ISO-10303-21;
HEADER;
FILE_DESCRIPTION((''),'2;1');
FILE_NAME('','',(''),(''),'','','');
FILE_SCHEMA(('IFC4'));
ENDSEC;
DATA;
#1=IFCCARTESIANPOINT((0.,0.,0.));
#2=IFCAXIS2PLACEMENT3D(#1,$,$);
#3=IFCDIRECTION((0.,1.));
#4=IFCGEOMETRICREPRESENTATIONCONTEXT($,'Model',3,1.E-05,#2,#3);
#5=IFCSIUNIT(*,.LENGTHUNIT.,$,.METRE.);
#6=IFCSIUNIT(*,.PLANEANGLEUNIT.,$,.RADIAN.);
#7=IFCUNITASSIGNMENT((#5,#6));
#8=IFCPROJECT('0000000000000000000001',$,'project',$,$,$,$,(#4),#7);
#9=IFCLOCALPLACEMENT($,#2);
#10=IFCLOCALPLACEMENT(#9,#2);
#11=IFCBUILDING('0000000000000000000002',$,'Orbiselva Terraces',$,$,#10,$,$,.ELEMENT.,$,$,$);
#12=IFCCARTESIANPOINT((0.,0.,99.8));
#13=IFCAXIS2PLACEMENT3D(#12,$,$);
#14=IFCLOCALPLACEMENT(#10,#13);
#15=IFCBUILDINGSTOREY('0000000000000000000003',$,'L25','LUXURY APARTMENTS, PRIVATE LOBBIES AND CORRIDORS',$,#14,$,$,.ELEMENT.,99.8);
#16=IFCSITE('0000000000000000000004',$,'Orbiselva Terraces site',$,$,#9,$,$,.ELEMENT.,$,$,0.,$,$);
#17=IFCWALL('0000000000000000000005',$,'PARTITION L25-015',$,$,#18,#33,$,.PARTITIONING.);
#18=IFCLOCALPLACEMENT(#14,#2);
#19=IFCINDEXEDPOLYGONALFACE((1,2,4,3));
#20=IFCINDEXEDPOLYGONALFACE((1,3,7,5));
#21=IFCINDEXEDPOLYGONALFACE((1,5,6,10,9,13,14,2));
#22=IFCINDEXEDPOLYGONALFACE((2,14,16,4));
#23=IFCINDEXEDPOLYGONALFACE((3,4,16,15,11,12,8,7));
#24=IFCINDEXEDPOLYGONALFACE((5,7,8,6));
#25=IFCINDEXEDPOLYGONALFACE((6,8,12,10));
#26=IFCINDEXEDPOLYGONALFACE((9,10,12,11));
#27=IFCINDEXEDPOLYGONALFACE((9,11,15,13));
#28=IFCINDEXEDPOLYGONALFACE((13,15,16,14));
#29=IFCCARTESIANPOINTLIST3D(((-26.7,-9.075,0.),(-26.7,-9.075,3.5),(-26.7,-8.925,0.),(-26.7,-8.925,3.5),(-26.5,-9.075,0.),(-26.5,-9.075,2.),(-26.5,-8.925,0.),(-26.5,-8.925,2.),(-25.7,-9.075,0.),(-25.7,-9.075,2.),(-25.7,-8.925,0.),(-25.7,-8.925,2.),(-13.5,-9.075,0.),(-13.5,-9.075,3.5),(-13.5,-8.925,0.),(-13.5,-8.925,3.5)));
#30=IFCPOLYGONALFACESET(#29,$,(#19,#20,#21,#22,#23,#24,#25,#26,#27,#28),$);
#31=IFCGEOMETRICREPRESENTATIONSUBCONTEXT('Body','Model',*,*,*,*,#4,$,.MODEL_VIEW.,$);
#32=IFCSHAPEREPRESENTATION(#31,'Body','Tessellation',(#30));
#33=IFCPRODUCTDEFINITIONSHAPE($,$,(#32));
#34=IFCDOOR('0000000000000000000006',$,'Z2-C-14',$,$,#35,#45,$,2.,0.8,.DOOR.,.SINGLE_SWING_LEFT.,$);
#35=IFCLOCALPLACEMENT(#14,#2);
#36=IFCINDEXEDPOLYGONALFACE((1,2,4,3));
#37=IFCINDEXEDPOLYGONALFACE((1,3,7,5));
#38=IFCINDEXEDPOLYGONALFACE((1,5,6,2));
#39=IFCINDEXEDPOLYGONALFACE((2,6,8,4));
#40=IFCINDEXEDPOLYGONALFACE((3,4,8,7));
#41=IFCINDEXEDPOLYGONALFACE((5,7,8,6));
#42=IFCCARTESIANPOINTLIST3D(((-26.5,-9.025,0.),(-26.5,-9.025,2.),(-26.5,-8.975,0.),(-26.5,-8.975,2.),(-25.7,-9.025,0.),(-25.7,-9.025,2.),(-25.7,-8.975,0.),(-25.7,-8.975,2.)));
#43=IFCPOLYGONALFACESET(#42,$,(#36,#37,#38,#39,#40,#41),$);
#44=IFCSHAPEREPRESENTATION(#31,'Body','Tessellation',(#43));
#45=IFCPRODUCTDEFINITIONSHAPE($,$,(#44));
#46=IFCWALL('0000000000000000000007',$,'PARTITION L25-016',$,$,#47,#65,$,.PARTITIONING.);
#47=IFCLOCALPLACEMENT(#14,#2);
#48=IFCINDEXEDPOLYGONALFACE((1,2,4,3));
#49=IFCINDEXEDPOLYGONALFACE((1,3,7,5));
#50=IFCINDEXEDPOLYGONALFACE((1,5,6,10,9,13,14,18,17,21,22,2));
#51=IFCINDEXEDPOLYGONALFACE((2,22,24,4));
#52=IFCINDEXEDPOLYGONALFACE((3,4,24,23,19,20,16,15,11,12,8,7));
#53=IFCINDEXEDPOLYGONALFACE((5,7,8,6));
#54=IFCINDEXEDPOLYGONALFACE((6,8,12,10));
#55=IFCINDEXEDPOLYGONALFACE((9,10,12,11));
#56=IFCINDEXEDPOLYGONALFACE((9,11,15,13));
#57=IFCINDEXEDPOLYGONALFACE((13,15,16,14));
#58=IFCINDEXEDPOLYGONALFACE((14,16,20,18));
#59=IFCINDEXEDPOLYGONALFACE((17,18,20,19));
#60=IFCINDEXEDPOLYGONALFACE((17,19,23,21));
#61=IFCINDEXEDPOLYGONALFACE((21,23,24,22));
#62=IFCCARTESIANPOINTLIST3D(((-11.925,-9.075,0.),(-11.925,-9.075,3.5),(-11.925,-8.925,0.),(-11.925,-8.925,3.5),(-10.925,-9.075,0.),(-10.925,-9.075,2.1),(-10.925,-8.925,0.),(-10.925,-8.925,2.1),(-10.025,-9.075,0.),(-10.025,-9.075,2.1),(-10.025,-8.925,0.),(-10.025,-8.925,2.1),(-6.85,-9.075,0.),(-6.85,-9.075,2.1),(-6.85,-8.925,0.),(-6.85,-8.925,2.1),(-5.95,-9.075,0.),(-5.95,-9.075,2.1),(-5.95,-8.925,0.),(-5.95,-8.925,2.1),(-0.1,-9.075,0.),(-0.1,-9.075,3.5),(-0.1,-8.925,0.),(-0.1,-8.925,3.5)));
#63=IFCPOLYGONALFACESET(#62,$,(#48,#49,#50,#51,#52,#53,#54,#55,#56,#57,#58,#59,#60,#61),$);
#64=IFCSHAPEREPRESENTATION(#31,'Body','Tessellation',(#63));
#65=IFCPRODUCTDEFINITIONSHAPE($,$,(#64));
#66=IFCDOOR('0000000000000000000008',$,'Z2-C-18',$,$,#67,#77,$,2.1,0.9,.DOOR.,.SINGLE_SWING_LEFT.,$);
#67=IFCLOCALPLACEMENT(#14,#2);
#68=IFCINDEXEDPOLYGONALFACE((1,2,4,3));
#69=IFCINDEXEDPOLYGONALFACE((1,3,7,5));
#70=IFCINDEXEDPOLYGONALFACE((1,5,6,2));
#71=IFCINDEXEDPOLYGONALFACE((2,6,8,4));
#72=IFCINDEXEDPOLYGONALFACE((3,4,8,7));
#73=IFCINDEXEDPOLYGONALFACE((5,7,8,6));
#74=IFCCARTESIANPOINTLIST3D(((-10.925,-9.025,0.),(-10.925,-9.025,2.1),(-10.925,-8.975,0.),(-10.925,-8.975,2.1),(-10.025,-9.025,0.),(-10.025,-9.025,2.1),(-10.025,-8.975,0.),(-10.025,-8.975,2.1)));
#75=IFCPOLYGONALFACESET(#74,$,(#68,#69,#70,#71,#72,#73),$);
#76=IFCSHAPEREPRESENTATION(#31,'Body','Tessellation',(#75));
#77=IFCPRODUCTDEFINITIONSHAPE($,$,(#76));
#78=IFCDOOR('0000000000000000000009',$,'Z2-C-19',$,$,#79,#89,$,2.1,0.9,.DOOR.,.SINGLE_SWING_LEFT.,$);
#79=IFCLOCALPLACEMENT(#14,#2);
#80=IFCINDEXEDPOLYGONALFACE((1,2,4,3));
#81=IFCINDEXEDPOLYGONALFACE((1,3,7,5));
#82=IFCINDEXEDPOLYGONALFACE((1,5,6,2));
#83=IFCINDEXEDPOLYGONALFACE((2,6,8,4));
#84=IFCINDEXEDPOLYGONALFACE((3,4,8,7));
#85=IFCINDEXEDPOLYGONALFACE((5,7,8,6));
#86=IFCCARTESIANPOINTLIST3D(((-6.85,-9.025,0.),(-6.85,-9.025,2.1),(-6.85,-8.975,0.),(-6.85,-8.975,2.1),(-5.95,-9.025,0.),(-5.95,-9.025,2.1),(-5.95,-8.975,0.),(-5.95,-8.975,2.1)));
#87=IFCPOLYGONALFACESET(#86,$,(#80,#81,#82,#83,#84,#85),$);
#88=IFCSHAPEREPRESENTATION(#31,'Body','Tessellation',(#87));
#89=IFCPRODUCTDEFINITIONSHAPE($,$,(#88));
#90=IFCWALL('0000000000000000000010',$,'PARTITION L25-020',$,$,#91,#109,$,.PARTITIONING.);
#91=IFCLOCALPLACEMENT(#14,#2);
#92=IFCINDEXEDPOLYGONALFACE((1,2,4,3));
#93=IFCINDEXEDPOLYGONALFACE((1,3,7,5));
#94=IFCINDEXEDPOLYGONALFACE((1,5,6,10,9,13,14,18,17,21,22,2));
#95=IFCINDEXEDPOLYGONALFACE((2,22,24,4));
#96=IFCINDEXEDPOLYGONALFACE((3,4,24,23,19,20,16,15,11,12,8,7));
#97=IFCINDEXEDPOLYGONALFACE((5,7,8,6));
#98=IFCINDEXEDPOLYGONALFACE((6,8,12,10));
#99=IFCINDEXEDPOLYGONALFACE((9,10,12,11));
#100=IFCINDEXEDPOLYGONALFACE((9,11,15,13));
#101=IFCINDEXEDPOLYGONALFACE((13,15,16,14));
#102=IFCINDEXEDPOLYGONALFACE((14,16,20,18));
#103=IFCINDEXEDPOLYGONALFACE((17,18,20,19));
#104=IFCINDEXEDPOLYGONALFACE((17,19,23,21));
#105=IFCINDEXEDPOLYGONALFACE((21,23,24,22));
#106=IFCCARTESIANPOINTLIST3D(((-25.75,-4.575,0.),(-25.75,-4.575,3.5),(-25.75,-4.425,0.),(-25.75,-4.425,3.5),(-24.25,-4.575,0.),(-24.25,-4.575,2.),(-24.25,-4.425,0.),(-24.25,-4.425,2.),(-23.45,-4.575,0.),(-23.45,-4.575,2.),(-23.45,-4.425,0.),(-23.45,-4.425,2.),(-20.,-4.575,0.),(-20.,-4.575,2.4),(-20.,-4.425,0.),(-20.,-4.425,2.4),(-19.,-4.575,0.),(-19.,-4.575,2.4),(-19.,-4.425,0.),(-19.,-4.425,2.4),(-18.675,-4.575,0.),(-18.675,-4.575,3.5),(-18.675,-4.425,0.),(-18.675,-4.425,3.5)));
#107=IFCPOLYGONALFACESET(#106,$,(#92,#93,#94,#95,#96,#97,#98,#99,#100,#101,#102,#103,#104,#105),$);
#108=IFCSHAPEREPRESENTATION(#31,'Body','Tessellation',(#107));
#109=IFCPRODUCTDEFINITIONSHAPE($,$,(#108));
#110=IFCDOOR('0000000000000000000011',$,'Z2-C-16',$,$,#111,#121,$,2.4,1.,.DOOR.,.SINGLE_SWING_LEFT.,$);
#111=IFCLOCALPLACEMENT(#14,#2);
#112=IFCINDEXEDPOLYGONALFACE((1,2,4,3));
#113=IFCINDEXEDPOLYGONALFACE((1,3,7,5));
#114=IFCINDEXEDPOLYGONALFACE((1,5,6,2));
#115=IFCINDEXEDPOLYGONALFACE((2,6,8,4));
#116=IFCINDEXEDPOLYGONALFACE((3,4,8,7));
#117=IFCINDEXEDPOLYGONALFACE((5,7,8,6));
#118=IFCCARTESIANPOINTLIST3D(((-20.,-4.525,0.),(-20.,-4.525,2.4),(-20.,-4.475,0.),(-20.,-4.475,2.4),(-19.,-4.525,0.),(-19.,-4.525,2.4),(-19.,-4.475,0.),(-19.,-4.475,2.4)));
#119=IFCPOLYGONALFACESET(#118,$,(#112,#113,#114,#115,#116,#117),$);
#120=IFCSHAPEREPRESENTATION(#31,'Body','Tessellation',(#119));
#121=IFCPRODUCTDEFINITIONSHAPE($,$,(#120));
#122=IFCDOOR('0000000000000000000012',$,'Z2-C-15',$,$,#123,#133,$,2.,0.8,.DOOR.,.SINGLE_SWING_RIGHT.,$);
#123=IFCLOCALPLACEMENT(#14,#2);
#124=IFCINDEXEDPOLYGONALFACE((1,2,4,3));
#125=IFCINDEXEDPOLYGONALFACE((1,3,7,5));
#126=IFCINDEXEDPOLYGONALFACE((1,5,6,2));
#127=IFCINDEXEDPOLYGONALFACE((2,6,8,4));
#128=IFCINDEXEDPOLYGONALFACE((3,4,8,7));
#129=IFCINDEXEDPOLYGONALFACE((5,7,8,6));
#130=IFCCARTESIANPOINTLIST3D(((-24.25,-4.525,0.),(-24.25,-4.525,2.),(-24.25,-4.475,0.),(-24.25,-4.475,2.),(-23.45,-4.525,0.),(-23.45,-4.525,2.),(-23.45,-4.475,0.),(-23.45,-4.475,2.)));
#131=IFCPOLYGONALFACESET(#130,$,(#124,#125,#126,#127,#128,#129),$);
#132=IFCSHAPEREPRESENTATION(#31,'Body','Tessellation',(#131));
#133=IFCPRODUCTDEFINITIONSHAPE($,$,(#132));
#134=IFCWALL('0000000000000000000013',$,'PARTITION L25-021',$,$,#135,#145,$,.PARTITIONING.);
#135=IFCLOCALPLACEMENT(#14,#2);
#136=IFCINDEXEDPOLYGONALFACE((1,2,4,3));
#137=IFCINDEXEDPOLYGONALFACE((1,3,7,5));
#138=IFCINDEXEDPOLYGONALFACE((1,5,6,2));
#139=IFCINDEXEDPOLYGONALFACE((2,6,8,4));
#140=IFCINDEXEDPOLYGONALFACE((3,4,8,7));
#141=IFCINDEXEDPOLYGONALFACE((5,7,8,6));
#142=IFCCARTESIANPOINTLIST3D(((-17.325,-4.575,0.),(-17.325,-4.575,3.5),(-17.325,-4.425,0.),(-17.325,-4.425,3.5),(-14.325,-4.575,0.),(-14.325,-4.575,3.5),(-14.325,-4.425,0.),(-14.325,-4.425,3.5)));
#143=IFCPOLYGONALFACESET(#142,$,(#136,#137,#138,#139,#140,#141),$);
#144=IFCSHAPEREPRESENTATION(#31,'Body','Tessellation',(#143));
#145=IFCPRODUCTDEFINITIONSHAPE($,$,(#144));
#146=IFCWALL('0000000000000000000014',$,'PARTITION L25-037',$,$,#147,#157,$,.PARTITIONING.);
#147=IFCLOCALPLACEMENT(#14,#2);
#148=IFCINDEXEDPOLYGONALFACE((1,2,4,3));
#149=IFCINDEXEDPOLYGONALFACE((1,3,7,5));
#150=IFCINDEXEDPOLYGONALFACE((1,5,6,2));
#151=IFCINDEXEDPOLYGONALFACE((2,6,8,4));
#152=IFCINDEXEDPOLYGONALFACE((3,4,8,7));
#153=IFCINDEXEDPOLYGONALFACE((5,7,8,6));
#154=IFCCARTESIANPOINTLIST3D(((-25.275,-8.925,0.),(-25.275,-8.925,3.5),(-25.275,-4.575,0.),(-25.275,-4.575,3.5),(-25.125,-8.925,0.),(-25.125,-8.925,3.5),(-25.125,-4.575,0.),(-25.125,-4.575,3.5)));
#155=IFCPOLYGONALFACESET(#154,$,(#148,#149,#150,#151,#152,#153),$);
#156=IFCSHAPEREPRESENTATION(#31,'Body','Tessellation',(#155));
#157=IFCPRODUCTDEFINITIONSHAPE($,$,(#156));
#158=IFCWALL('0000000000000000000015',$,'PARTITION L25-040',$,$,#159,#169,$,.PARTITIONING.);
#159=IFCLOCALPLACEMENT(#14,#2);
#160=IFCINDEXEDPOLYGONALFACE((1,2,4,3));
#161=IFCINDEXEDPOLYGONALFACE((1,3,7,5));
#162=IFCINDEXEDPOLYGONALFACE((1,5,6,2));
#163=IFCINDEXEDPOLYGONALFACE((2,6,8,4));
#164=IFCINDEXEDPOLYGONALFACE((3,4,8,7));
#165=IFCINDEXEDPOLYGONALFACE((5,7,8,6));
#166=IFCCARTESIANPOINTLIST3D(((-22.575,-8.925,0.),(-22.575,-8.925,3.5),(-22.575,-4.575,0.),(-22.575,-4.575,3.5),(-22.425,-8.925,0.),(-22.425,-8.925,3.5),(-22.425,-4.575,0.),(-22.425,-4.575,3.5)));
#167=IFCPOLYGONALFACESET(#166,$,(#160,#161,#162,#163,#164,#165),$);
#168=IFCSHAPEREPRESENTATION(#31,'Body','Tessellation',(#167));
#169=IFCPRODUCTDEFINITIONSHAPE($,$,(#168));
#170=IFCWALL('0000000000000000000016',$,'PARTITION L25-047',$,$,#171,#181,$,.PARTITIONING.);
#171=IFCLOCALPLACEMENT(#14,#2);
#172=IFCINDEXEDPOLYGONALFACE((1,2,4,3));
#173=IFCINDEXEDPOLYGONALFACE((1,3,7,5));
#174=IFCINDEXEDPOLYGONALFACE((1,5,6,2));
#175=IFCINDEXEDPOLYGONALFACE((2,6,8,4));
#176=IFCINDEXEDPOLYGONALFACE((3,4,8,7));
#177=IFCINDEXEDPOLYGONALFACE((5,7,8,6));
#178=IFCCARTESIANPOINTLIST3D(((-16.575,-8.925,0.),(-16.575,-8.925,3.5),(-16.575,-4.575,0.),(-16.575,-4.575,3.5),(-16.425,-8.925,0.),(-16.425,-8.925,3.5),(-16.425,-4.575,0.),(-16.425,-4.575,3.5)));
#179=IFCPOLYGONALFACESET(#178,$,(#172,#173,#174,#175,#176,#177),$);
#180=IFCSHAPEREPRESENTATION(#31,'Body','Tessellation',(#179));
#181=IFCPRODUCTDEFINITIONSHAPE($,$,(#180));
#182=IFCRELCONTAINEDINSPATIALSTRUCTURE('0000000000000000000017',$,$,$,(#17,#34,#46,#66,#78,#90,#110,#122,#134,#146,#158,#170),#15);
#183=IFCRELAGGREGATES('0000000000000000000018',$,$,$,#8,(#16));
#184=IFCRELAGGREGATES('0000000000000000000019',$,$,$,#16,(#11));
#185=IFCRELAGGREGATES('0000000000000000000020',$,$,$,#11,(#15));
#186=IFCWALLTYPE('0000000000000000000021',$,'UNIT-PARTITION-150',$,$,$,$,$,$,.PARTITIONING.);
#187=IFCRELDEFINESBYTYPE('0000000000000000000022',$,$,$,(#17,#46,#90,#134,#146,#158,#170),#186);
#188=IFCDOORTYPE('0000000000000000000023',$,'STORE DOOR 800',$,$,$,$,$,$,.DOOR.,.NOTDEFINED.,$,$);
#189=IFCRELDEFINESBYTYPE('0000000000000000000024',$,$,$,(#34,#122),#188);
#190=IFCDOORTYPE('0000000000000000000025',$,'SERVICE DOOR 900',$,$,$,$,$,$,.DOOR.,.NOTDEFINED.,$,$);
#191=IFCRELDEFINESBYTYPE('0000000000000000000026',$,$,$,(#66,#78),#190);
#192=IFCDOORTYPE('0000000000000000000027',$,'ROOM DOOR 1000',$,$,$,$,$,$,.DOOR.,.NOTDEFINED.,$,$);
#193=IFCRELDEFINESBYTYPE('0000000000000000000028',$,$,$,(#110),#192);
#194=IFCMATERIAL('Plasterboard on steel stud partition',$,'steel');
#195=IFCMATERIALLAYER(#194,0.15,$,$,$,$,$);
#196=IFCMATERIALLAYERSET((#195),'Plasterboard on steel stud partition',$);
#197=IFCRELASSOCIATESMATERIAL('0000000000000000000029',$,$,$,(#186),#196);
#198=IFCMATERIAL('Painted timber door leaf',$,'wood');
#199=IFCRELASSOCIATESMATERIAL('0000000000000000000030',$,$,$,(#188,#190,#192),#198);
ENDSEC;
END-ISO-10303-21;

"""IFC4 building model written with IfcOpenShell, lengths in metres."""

from ifc_helpers import new_model, si_unit, direction, frame, frame_2d, origin, place, context, subcontext, project, spatial, rectangle, extrude, material, layer, layer_set, type_object, element, fill, save


model = new_model("IFC4")

# Units and contexts
model_context = context("Model", 3, precision=1e-05, world=origin(), true_north=direction((0.0, 1.0)))
body_context = subcontext(model_context, "Body", "Model", "MODEL_VIEW")
ifc_project = project(units=[si_unit("LENGTHUNIT", "METRE"), si_unit("PLANEANGLEUNIT", "RADIAN")], contexts=[model_context])

# Site, building, storey
site_placement = place(None, origin())
site = spatial("IfcSite", under=ifc_project, at=site_placement, Name="Orbiselva Terraces site", CompositionType="ELEMENT", RefElevation=0.0)
building_placement = place(site_placement, origin())
building = spatial("IfcBuilding", under=site, at=building_placement, Name="Orbiselva Terraces", CompositionType="ELEMENT")
storey_placement = place(building_placement, frame((0.0, 0.0, 99.8)))
storey = spatial("IfcBuildingStorey", under=building, at=storey_placement, Name="L25", Description="LUXURY APARTMENTS, PRIVATE LOBBIES AND CORRIDORS", CompositionType="ELEMENT", Elevation=99.8)

# Shared definitions
ifc_material_1 = material(Name="Plasterboard on steel stud partition", Category="steel")

# Wall, opening, door
ifc_layer_1 = layer(ifc_material_1, 0.15)
ifc_layer_set_1 = layer_set([ifc_layer_1], Name="Plasterboard on steel stud partition")
wall_type_1 = type_object("IfcWallType", Name="UNIT-PARTITION-150", PredefinedType="PARTITIONING", material=ifc_layer_set_1)
wall_1_placement = place(storey_placement, frame((-26.7, -9.0, 0.0), z_axis=(0.0, 0.0, 1.0), x_axis=(1.0, 0.0, 0.0)))
wall_1 = element("IfcWall", 1, at=wall_1_placement, inside=storey, type_object=wall_type_1, Name="PARTITION L25-015", PredefinedType="PARTITIONING", context=body_context, shape_type="SweptSolid", body=[
    extrude(rectangle(XDim=13.2, YDim=0.15, at=frame_2d((6.6, 0.0))), origin(), (0.0, 0.0, 1.0), 3.5),
])
opening_1_placement = place(wall_1_placement, frame((0.2, 0.0, 0.0)))
opening_1 = element("IfcOpeningElement", 2, at=opening_1_placement, cuts=wall_1, PredefinedType="OPENING", context=body_context, shape_type="SweptSolid", body=[
    extrude(rectangle(XDim=0.8, YDim=2.0, at=frame_2d((0.4, 1.0))), frame((0.0, 0.085, 0.0), z_axis=(0.0, -1.0, 0.0), x_axis=(1.0, 0.0, 0.0)), (0.0, 0.0, 1.0), 0.17),
])
ifc_material_2 = material(Name="Painted timber door leaf", Category="wood")
door_type_1 = type_object("IfcDoorType", Name="STORE DOOR 800", OperationType="NOTDEFINED", PredefinedType="DOOR", material=ifc_material_2)
door_1_placement = place(opening_1_placement, origin())
door_1 = element("IfcDoor", 3, at=door_1_placement, inside=storey, type_object=door_type_1, Name="Z2-C-14", OperationType="SINGLE_SWING_LEFT", OverallHeight=2.0, OverallWidth=0.8, PredefinedType="DOOR", context=body_context, shape_type="SweptSolid", body=[
    extrude(rectangle(XDim=0.8, YDim=2.0, at=frame_2d((0.4, 1.0))), frame((0.0, 0.025, 0.0), z_axis=(0.0, -1.0, 0.0), x_axis=(1.0, 0.0, 0.0)), (0.0, 0.0, 1.0), 0.05),
])
fill(opening_1, door_1)

# Walls, openings, doors
wall_2_placement = place(storey_placement, frame((-11.925, -9.0, 0.0), z_axis=(0.0, 0.0, 1.0), x_axis=(1.0, 0.0, 0.0)))
wall_2 = element("IfcWall", 4, at=wall_2_placement, inside=storey, type_object=wall_type_1, Name="PARTITION L25-016", PredefinedType="PARTITIONING", context=body_context, shape_type="SweptSolid", body=[
    extrude(rectangle(XDim=11.825, YDim=0.15, at=frame_2d((5.9125, 0.0))), origin(), (0.0, 0.0, 1.0), 3.5),
])
opening_2_placement = place(wall_2_placement, frame((1.0, 0.0, 0.0)))
opening_2 = element("IfcOpeningElement", 5, at=opening_2_placement, cuts=wall_2, PredefinedType="OPENING", context=body_context, shape_type="SweptSolid", body=[
    extrude(rectangle(XDim=0.9, YDim=2.1, at=frame_2d((0.45, 1.05))), frame((0.0, 0.085, 0.0), z_axis=(0.0, -1.0, 0.0), x_axis=(1.0, 0.0, 0.0)), (0.0, 0.0, 1.0), 0.17),
])
opening_3_placement = place(wall_2_placement, frame((5.075, 0.0, 0.0)))
opening_3 = element("IfcOpeningElement", 6, at=opening_3_placement, cuts=wall_2, PredefinedType="OPENING", context=body_context, shape_type="SweptSolid", body=[
    extrude(rectangle(XDim=0.9, YDim=2.1, at=frame_2d((0.45, 1.05))), frame((0.0, 0.085, 0.0), z_axis=(0.0, -1.0, 0.0), x_axis=(1.0, 0.0, 0.0)), (0.0, 0.0, 1.0), 0.17),
])
door_type_2 = type_object("IfcDoorType", Name="SERVICE DOOR 900", OperationType="NOTDEFINED", PredefinedType="DOOR", material=ifc_material_2)
door_2_placement = place(opening_2_placement, origin())
door_2 = element("IfcDoor", 7, at=door_2_placement, inside=storey, type_object=door_type_2, Name="Z2-C-18", OperationType="SINGLE_SWING_LEFT", OverallHeight=2.1, OverallWidth=0.9, PredefinedType="DOOR", context=body_context, shape_type="SweptSolid", body=[
    extrude(rectangle(XDim=0.9, YDim=2.1, at=frame_2d((0.45, 1.05))), frame((0.0, 0.025, 0.0), z_axis=(0.0, -1.0, 0.0), x_axis=(1.0, 0.0, 0.0)), (0.0, 0.0, 1.0), 0.05),
])
fill(opening_2, door_2)
door_3_placement = place(opening_3_placement, origin())
door_3 = element("IfcDoor", 8, at=door_3_placement, inside=storey, type_object=door_type_2, Name="Z2-C-19", OperationType="SINGLE_SWING_LEFT", OverallHeight=2.1, OverallWidth=0.9, PredefinedType="DOOR", context=body_context, shape_type="SweptSolid", body=[
    extrude(rectangle(XDim=0.9, YDim=2.1, at=frame_2d((0.45, 1.05))), frame((0.0, 0.025, 0.0), z_axis=(0.0, -1.0, 0.0), x_axis=(1.0, 0.0, 0.0)), (0.0, 0.0, 1.0), 0.05),
])
fill(opening_3, door_3)
wall_3_placement = place(storey_placement, frame((-18.675, -4.5, 0.0), z_axis=(0.0, 0.0, 1.0), x_axis=(-1.0, 0.0, 0.0)))
wall_3 = element("IfcWall", 9, at=wall_3_placement, inside=storey, type_object=wall_type_1, Name="PARTITION L25-020", PredefinedType="PARTITIONING", context=body_context, shape_type="SweptSolid", body=[
    extrude(rectangle(XDim=7.075, YDim=0.15, at=frame_2d((3.5375, 0.0))), origin(), (0.0, 0.0, 1.0), 3.5),
])
opening_4_placement = place(wall_3_placement, frame((4.775, 0.0, 0.0)))
opening_4 = element("IfcOpeningElement", 10, at=opening_4_placement, cuts=wall_3, PredefinedType="OPENING", context=body_context, shape_type="SweptSolid", body=[
    extrude(rectangle(XDim=0.8, YDim=2.0, at=frame_2d((0.4, 1.0))), frame((0.0, 0.085, 0.0), z_axis=(0.0, -1.0, 0.0), x_axis=(1.0, 0.0, 0.0)), (0.0, 0.0, 1.0), 0.17),
])
opening_5_placement = place(wall_3_placement, frame((0.325, 0.0, 0.0)))
opening_5 = element("IfcOpeningElement", 11, at=opening_5_placement, cuts=wall_3, PredefinedType="OPENING", context=body_context, shape_type="SweptSolid", body=[
    extrude(rectangle(XDim=1.0, YDim=2.4, at=frame_2d((0.5, 1.2))), frame((0.0, 0.085, 0.0), z_axis=(0.0, -1.0, 0.0), x_axis=(1.0, 0.0, 0.0)), (0.0, 0.0, 1.0), 0.17),
])
door_type_3 = type_object("IfcDoorType", Name="ROOM DOOR 1000", OperationType="NOTDEFINED", PredefinedType="DOOR", material=ifc_material_2)
door_4_placement = place(opening_5_placement, origin())
door_4 = element("IfcDoor", 12, at=door_4_placement, inside=storey, type_object=door_type_3, Name="Z2-C-16", OperationType="SINGLE_SWING_LEFT", OverallHeight=2.4, OverallWidth=1.0, PredefinedType="DOOR", context=body_context, shape_type="SweptSolid", body=[
    extrude(rectangle(XDim=1.0, YDim=2.4, at=frame_2d((0.5, 1.2))), frame((0.0, 0.025, 0.0), z_axis=(0.0, -1.0, 0.0), x_axis=(1.0, 0.0, 0.0)), (0.0, 0.0, 1.0), 0.05),
])
fill(opening_5, door_4)
door_5_placement = place(opening_4_placement, origin())
door_5 = element("IfcDoor", 13, at=door_5_placement, inside=storey, type_object=door_type_1, Name="Z2-C-15", OperationType="SINGLE_SWING_RIGHT", OverallHeight=2.0, OverallWidth=0.8, PredefinedType="DOOR", context=body_context, shape_type="SweptSolid", body=[
    extrude(rectangle(XDim=0.8, YDim=2.0, at=frame_2d((0.4, 1.0))), frame((0.0, 0.025, 0.0), z_axis=(0.0, -1.0, 0.0), x_axis=(1.0, 0.0, 0.0)), (0.0, 0.0, 1.0), 0.05),
])
fill(opening_4, door_5)

# Walls
wall_4_placement = place(storey_placement, frame((-17.325, -4.5, 0.0), z_axis=(0.0, 0.0, 1.0), x_axis=(1.0, 0.0, 0.0)))
element("IfcWall", 14, at=wall_4_placement, inside=storey, type_object=wall_type_1, Name="PARTITION L25-021", PredefinedType="PARTITIONING", context=body_context, shape_type="SweptSolid", body=[
    extrude(rectangle(XDim=3.0, YDim=0.15, at=frame_2d((1.5, 0.0))), origin(), (0.0, 0.0, 1.0), 3.5),
])
for number, where, z_axis, x_axis, name in (
    (15, (-25.2, -8.925, 0.0), (0.0, 0.0, 1.0), (0.0, 1.0, 0.0), "PARTITION L25-037"),
    (16, (-22.5, -8.925, 0.0), (0.0, 0.0, 1.0), (0.0, 1.0, 0.0), "PARTITION L25-040"),
    (17, (-16.5, -8.925, 0.0), (0.0, 0.0, 1.0), (0.0, 1.0, 0.0), "PARTITION L25-047"),
):
    element("IfcWall", number, at=place(storey_placement, frame(where, z_axis=z_axis, x_axis=x_axis)), inside=storey, type_object=wall_type_1, Name=name, PredefinedType="PARTITIONING", context=body_context, shape_type="SweptSolid", body=[
        extrude(rectangle(XDim=4.35, YDim=0.15, at=frame_2d((2.175, 0.0))), origin(), (0.0, 0.0, 1.0), 3.5),
    ])

save(model, "model.ifc")
